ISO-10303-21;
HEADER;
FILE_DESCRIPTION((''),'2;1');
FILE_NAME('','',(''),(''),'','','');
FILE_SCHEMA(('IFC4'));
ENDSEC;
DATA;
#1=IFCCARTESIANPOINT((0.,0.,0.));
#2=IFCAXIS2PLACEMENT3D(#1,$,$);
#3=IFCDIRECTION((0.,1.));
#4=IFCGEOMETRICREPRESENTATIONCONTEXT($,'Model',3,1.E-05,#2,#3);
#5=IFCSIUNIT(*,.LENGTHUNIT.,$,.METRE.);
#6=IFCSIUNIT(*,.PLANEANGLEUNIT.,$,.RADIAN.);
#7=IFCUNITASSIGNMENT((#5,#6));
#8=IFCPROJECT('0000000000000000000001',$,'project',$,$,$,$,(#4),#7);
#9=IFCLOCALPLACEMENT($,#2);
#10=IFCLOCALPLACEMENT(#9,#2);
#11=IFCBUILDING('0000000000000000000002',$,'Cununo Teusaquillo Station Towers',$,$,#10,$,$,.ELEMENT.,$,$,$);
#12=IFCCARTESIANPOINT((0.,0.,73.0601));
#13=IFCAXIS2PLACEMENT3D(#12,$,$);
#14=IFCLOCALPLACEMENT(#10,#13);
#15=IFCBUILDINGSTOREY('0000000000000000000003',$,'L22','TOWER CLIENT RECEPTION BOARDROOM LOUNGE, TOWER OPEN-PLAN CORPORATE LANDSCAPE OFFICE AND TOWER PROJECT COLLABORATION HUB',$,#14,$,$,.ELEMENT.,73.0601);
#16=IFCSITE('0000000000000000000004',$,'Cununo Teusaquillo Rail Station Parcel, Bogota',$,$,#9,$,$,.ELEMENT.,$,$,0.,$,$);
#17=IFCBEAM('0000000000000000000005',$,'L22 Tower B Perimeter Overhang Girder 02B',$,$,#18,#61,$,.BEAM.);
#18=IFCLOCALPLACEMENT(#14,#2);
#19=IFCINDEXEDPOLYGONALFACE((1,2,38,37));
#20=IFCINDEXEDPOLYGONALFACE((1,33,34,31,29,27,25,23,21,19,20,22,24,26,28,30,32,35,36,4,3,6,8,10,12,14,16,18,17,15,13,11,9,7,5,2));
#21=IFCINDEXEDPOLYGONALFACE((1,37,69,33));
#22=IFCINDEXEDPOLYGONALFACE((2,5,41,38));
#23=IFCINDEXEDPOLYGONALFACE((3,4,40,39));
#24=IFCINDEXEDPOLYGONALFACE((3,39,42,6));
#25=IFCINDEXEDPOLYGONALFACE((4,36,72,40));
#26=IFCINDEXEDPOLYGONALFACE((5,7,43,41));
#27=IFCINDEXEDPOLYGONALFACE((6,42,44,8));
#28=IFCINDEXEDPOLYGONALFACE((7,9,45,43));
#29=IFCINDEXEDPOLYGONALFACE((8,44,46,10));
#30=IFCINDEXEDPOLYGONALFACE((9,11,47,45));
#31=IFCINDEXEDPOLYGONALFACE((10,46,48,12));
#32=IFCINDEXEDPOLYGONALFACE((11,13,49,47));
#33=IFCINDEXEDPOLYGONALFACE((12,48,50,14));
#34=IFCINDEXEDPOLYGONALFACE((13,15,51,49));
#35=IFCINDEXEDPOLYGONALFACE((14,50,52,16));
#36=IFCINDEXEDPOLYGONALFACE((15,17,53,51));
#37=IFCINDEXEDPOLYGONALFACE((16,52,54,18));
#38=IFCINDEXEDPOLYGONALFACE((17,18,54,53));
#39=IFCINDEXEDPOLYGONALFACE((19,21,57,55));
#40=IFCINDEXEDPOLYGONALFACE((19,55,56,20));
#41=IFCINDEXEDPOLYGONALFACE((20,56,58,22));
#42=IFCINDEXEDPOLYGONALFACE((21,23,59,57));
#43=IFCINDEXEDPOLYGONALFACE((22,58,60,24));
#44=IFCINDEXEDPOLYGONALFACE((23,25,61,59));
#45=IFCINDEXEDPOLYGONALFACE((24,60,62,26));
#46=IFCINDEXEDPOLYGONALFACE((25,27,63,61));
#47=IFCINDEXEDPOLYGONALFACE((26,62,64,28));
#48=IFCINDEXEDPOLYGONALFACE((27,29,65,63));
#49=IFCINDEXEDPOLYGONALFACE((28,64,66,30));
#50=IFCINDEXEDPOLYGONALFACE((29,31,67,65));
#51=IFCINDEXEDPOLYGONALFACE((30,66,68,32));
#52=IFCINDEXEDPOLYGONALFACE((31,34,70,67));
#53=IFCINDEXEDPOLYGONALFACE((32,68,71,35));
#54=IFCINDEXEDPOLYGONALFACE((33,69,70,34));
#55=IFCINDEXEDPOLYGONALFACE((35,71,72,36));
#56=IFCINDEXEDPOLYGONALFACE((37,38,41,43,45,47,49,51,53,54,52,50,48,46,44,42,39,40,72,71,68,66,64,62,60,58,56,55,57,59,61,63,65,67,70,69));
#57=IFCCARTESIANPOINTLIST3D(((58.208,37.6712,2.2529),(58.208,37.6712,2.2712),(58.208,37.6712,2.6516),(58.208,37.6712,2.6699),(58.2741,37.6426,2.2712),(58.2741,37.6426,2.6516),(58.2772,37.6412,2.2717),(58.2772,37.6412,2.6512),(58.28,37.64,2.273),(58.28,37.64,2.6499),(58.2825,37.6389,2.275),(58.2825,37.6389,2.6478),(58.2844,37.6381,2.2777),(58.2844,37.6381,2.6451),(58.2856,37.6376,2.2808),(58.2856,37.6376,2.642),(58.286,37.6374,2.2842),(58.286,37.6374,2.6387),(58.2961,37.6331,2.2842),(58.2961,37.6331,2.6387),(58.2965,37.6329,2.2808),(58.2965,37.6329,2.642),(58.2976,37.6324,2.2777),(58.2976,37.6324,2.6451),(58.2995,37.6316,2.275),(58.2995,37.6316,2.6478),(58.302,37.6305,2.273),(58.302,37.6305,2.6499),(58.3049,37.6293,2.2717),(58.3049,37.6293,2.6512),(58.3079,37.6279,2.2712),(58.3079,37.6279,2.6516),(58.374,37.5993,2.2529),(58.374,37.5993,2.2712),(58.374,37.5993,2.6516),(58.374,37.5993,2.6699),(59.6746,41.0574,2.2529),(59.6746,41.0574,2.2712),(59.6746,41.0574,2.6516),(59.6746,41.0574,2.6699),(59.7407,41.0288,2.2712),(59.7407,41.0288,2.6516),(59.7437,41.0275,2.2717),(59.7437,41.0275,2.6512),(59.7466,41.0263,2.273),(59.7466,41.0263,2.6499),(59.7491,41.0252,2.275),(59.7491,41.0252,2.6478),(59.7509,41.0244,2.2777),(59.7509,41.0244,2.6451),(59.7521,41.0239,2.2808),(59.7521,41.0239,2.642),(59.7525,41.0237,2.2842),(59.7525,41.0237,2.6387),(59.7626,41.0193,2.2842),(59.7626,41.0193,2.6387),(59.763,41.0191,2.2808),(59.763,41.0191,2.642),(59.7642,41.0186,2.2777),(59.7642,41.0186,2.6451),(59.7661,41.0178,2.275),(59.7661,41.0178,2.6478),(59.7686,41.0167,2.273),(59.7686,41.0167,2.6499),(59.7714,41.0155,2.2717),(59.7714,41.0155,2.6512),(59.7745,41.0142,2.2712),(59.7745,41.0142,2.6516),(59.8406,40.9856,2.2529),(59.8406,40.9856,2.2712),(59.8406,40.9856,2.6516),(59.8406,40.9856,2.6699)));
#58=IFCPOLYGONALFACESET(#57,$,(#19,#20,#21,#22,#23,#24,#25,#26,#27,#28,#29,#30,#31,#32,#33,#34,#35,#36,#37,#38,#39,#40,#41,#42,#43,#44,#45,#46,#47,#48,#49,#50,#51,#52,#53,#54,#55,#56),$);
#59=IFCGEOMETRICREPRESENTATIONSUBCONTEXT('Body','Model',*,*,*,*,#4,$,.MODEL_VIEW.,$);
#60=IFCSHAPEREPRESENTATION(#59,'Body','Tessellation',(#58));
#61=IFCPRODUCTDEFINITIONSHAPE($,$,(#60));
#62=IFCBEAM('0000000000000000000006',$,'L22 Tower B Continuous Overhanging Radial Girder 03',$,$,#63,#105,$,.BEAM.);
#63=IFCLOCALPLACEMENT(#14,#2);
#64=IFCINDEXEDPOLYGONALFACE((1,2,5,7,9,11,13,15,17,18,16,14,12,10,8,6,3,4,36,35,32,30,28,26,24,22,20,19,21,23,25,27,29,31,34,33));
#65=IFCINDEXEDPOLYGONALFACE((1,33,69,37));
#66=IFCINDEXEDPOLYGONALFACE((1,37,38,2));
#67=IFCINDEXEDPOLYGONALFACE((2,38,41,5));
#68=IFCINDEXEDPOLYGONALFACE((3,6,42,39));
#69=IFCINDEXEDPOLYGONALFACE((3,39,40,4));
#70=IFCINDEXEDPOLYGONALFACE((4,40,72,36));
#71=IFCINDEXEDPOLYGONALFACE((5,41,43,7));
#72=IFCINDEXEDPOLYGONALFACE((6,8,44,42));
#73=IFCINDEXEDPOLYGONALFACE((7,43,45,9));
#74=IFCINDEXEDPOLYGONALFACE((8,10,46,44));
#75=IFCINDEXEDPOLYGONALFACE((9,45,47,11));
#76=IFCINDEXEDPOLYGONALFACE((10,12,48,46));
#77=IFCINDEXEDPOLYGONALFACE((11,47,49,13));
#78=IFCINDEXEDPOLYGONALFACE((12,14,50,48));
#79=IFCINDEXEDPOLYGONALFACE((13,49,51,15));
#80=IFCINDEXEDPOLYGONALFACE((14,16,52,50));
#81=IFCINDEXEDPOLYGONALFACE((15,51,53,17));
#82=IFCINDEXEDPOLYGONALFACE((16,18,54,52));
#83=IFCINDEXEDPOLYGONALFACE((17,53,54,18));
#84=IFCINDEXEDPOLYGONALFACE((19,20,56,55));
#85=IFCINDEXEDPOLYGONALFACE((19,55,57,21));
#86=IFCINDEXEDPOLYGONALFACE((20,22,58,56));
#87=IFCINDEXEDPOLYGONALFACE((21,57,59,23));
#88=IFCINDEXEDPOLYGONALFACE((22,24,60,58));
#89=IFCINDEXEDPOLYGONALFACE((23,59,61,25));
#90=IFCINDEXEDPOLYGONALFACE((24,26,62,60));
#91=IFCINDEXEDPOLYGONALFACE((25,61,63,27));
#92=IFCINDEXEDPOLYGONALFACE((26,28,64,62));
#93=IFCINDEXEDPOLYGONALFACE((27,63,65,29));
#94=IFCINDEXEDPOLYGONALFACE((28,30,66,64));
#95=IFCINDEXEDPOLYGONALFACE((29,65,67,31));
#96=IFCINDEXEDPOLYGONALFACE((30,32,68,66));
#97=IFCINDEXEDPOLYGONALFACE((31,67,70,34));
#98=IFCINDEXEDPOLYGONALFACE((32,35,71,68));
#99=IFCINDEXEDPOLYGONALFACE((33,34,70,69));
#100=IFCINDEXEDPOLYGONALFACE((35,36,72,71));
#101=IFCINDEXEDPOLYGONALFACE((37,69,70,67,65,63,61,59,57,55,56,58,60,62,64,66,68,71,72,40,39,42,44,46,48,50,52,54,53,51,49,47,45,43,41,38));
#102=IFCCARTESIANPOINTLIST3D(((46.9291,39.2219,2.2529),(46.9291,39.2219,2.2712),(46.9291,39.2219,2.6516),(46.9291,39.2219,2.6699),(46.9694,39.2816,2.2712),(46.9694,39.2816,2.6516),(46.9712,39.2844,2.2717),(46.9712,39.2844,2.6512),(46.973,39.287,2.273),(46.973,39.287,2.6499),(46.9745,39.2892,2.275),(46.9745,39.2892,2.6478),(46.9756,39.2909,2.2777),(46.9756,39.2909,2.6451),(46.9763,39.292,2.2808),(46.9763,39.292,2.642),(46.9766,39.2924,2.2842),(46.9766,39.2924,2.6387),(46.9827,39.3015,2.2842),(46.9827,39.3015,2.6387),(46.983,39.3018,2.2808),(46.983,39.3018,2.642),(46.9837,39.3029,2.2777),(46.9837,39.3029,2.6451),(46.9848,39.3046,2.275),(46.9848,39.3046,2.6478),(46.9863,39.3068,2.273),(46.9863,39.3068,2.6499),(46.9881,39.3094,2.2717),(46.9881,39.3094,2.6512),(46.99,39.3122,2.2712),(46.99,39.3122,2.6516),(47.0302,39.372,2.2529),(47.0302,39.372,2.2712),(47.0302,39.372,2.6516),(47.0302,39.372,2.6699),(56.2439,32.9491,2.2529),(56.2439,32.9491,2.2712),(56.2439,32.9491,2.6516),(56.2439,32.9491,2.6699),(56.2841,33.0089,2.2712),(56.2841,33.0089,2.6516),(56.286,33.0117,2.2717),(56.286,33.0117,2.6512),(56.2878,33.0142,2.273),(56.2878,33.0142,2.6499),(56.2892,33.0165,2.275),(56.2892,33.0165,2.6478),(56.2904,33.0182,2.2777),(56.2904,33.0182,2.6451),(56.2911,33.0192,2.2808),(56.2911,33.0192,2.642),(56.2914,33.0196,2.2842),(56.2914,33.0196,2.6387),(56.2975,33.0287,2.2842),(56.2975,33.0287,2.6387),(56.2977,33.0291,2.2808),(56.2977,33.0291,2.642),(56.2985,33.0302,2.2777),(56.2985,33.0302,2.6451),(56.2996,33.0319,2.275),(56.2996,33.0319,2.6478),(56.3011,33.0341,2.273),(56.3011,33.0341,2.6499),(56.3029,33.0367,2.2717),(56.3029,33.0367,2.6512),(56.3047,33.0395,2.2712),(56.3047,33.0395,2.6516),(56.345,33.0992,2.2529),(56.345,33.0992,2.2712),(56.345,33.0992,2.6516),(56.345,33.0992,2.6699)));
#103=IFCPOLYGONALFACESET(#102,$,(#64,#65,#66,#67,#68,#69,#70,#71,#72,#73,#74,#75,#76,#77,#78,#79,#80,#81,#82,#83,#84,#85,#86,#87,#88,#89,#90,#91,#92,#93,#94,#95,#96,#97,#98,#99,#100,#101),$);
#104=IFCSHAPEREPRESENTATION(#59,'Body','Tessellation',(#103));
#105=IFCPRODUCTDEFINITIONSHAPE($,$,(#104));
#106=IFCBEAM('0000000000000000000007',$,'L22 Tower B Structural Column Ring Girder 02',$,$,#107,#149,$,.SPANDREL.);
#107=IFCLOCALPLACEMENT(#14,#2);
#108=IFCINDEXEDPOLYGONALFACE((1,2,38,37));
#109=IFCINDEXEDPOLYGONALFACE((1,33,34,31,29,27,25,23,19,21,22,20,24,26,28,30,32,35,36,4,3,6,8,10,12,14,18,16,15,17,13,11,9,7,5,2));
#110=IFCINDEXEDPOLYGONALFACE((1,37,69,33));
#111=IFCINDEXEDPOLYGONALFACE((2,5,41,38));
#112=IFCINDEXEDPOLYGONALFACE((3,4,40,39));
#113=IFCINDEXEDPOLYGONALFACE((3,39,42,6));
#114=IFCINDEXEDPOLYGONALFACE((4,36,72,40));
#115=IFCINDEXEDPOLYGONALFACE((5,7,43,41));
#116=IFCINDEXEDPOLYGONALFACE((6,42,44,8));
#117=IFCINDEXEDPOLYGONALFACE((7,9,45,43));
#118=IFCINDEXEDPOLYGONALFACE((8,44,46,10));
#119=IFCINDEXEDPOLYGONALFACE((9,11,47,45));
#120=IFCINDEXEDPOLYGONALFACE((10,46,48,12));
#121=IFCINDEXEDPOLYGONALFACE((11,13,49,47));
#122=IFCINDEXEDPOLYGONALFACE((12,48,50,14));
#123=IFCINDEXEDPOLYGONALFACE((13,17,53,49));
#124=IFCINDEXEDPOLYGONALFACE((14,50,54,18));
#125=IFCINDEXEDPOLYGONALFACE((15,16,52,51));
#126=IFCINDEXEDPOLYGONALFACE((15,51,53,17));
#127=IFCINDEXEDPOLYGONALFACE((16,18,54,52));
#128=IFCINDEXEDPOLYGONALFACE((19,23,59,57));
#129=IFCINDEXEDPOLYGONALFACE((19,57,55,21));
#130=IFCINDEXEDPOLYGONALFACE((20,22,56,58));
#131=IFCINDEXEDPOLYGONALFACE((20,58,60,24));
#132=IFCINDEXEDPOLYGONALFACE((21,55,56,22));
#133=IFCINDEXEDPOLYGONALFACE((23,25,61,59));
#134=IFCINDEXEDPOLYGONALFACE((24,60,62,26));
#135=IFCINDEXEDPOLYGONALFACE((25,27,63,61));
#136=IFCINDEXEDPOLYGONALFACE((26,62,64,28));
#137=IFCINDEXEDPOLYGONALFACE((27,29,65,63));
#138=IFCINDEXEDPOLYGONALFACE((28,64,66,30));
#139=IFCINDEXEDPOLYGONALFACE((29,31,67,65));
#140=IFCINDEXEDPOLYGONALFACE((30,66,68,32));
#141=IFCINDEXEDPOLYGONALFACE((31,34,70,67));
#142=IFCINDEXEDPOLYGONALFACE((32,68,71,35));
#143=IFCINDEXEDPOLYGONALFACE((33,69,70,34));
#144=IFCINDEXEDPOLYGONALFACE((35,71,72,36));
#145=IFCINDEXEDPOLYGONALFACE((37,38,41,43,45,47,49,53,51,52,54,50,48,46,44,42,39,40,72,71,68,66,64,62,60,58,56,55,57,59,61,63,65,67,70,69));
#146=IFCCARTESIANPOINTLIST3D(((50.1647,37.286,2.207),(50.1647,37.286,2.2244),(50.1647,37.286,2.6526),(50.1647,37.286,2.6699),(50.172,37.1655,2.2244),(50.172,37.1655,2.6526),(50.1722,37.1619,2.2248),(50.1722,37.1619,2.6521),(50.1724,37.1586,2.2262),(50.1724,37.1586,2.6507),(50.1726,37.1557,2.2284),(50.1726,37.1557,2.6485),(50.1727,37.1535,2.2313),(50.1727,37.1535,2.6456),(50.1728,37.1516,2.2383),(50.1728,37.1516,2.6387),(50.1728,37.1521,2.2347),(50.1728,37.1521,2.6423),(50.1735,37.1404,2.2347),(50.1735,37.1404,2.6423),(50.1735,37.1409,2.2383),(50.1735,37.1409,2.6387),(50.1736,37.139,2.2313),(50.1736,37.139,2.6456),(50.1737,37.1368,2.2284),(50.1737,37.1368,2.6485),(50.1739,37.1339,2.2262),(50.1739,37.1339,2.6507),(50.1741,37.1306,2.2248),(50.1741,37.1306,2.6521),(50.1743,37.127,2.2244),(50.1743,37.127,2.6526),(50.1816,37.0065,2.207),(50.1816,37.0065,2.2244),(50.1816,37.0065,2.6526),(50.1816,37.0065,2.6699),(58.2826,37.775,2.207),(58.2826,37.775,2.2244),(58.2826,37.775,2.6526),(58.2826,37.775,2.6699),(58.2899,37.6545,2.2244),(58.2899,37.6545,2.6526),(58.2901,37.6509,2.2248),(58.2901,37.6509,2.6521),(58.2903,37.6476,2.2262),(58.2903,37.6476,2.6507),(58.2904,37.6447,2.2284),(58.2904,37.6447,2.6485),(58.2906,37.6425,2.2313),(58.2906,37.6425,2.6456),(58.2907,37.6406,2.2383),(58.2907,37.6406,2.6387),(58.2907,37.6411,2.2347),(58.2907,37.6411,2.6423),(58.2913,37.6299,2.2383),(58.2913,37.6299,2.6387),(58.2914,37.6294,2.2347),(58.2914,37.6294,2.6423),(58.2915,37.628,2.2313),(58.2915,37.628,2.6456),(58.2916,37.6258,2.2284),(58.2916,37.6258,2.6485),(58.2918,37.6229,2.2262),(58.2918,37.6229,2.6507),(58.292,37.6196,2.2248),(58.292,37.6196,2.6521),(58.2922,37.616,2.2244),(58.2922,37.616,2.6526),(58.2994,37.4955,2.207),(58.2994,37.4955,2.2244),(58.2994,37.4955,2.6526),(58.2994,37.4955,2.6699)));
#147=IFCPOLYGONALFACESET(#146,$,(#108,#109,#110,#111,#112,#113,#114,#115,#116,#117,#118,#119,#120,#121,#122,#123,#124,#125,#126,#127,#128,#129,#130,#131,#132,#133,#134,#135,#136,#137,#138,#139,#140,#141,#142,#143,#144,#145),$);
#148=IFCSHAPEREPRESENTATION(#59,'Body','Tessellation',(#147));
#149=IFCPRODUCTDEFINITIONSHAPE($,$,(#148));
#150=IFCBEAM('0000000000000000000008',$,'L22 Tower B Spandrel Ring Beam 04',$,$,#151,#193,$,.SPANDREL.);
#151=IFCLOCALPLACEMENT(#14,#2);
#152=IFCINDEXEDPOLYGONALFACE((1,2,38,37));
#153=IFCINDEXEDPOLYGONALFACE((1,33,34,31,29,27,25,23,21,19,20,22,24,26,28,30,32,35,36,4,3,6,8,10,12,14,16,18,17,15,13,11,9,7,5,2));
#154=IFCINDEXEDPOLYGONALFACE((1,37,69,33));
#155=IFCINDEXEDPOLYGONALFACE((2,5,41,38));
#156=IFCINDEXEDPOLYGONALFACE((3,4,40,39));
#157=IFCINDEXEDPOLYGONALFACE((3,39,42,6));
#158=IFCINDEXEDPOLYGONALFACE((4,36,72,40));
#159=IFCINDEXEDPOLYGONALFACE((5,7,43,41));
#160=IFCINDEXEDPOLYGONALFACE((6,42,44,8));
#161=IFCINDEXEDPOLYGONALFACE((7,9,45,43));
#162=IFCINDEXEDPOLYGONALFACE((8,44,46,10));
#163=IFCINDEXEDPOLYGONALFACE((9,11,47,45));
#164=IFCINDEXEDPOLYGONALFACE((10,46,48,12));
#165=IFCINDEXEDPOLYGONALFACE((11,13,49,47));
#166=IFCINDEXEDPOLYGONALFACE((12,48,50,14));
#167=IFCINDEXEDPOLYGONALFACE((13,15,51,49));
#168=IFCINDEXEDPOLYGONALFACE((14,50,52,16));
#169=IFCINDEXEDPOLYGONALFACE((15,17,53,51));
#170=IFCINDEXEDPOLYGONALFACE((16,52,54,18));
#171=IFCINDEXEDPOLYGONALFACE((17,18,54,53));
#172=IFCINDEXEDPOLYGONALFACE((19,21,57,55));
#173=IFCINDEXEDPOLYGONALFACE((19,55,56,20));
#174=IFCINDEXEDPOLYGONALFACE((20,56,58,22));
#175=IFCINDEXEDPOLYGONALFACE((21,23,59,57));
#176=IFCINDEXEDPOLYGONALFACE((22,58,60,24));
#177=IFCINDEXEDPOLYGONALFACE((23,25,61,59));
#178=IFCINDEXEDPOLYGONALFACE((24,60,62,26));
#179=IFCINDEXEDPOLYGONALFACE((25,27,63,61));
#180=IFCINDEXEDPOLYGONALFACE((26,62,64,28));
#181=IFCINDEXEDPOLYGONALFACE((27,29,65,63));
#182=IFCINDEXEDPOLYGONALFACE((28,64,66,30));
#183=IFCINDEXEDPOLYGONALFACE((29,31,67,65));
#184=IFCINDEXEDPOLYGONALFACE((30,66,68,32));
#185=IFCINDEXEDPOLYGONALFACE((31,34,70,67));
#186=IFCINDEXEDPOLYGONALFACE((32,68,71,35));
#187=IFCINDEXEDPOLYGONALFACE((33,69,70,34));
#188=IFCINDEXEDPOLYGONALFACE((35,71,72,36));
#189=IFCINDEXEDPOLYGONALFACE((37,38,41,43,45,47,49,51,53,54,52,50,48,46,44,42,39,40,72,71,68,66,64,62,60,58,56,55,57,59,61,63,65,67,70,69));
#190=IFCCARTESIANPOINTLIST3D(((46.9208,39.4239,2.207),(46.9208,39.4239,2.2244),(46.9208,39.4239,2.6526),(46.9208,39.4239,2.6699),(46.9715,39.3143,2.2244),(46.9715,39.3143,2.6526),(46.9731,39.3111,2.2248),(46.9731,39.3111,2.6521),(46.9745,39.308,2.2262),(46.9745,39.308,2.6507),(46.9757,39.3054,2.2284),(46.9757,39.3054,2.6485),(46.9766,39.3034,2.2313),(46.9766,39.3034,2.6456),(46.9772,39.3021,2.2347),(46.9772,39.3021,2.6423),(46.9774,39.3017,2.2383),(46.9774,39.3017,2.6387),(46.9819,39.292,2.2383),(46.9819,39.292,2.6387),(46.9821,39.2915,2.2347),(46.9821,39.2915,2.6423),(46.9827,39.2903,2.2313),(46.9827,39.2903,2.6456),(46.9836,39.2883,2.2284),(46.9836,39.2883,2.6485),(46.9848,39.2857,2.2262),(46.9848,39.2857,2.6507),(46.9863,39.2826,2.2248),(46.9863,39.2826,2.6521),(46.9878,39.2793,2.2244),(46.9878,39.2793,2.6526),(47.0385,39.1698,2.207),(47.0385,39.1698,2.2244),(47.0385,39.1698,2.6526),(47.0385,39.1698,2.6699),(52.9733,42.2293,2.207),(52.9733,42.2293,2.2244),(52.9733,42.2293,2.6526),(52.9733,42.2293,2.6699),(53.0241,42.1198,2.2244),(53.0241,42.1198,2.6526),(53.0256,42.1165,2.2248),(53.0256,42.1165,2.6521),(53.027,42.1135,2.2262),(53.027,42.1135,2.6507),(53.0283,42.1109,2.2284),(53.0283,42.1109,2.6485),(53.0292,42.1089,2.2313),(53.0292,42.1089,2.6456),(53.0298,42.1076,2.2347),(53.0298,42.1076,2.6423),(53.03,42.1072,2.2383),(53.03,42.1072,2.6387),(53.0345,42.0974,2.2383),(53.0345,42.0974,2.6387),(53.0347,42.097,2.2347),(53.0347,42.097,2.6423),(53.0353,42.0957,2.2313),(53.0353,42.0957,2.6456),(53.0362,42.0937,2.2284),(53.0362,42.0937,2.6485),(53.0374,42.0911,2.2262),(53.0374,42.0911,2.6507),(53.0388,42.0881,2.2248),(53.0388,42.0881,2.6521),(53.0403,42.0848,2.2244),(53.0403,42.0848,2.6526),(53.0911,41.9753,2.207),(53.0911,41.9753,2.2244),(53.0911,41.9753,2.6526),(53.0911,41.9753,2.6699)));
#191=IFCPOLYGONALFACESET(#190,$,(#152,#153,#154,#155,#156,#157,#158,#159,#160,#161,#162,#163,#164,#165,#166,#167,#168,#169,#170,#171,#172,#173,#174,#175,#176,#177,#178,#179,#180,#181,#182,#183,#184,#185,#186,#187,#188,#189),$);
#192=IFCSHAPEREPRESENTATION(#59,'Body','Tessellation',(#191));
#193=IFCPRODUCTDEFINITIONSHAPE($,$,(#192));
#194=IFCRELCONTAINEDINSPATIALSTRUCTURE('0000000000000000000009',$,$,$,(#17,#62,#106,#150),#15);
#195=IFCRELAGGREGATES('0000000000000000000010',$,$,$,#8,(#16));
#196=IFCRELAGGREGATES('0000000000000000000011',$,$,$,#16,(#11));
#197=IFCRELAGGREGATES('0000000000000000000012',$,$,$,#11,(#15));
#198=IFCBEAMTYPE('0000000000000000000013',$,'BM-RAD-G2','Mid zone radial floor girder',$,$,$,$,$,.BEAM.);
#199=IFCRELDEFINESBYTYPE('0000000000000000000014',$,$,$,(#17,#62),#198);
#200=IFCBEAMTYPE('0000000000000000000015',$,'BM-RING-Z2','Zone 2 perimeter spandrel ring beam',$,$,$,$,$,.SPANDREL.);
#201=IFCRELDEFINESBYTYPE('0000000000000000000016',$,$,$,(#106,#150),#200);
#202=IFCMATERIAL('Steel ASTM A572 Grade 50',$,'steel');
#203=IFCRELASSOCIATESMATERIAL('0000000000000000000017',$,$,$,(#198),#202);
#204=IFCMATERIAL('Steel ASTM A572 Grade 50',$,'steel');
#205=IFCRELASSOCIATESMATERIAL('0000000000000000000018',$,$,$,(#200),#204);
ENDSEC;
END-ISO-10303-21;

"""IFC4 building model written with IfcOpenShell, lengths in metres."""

from ifc_helpers import new_model, si_unit, direction, frame, origin, origin_2d, place, context, subcontext, project, spatial, i_section, extrude, material, material_profile, profile_set, type_object, element, save


model = new_model("IFC4")

# Units and contexts
model_context = context("Model", 3, precision=1e-05, world=origin(), true_north=direction((0.0, 1.0)))
body_context = subcontext(model_context, "Body", "Model", "MODEL_VIEW")
ifc_project = project(units=[si_unit("LENGTHUNIT", "METRE"), si_unit("PLANEANGLEUNIT", "RADIAN")], contexts=[model_context])

# Site, building, storey
site_placement = place(None, origin())
site = spatial("IfcSite", under=ifc_project, at=site_placement, Name="Cununo Teusaquillo Rail Station Parcel, Bogota", CompositionType="ELEMENT", RefElevation=0.0)
building_placement = place(site_placement, origin())
building = spatial("IfcBuilding", under=site, at=building_placement, Name="Cununo Teusaquillo Station Towers", CompositionType="ELEMENT")
storey_placement = place(building_placement, frame((0.0, 0.0, 73.0601)))
storey = spatial("IfcBuildingStorey", under=building, at=storey_placement, Name="L22", Description="TOWER CLIENT RECEPTION BOARDROOM LOUNGE, TOWER OPEN-PLAN CORPORATE LANDSCAPE OFFICE AND TOWER PROJECT COLLABORATION HUB", CompositionType="ELEMENT", Elevation=73.0601)

# Beams
ifc_material_1 = material(Name="Steel ASTM A572 Grade 50", Category="steel")
ifc_material_profile_1 = material_profile(ifc_material_1, i_section(OverallWidth=0.1809, OverallDepth=0.417, WebThickness=0.011, FlangeThickness=0.0183, FilletRadius=0.0129, at=origin_2d()), Name="W16X57")
ifc_profile_set_1 = profile_set([ifc_material_profile_1], Name="Steel ASTM A572 Grade 50")
beam_type_1 = type_object("IfcBeamType", Name="BM-RAD-G2", Description="Mid zone radial floor girder", PredefinedType="BEAM", material=ifc_profile_set_1)
beam_1_placement = place(storey_placement, frame((58.291, 37.6353, 2.4614), z_axis=(0.397422, 0.917636, 0.0), x_axis=(-0.917636, 0.397422, 0.0)))
element("IfcBeam", 1, at=beam_1_placement, inside=storey, type_object=beam_type_1, Name="L22 Tower B Perimeter Overhang Girder 02B", PredefinedType="BEAM", context=body_context, shape_type="SweptSolid", body=[
    extrude(i_section(OverallWidth=0.1809, OverallDepth=0.417, WebThickness=0.011, FlangeThickness=0.0183, FilletRadius=0.0129, at=origin_2d()), origin(), (0.0, 0.0, 1.0), 3.6902),
])
beam_2_placement = place(storey_placement, frame((56.2944, 33.0242, 2.4614), z_axis=(-0.829456, 0.558572, 0.0), x_axis=(-0.558572, -0.829456, 0.0)))
element("IfcBeam", 2, at=beam_2_placement, inside=storey, type_object=beam_type_1, Name="L22 Tower B Continuous Overhanging Radial Girder 03", PredefinedType="BEAM", context=body_context, shape_type="SweptSolid", body=[
    extrude(i_section(OverallWidth=0.1809, OverallDepth=0.417, WebThickness=0.011, FlangeThickness=0.0183, FilletRadius=0.0129, at=origin_2d()), origin(), (0.0, 0.0, 1.0), 11.23),
])
ifc_material_2 = material(Name="Steel ASTM A572 Grade 50", Category="steel")
ifc_material_profile_2 = material_profile(ifc_material_2, i_section(OverallWidth=0.28, OverallDepth=0.4629, WebThickness=0.0107, FlangeThickness=0.0173, FilletRadius=0.0139, at=origin_2d()), Name="W18X76")
ifc_profile_set_2 = profile_set([ifc_material_profile_2], Name="Steel ASTM A572 Grade 50")
beam_type_2 = type_object("IfcBeamType", Name="BM-RING-Z2", Description="Zone 2 perimeter spandrel ring beam", PredefinedType="SPANDREL", material=ifc_profile_set_2)
beam_3_placement = place(storey_placement, frame((58.291, 37.6353, 2.4385), z_axis=(-0.998191, -0.06013, 0.0), x_axis=(0.06013, -0.998191, 0.0)))
element("IfcBeam", 3, at=beam_3_placement, inside=storey, type_object=beam_type_2, Name="L22 Tower B Structural Column Ring Girder 02", PredefinedType="SPANDREL", context=body_context, shape_type="SweptSolid", body=[
    extrude(i_section(OverallWidth=0.28, OverallDepth=0.4629, WebThickness=0.0107, FlangeThickness=0.0173, FilletRadius=0.0139, at=origin_2d()), origin(), (0.0, 0.0, 1.0), 8.1326),
])
beam_4_placement = place(storey_placement, frame((53.0322, 42.1023, 2.4385), z_axis=(-0.907276, -0.420536, 0.0), x_axis=(0.420536, -0.907276, 0.0)))
element("IfcBeam", 4, at=beam_4_placement, inside=storey, type_object=beam_type_2, Name="L22 Tower B Spandrel Ring Beam 04", PredefinedType="SPANDREL", context=body_context, shape_type="SweptSolid", body=[
    extrude(i_section(OverallWidth=0.28, OverallDepth=0.4629, WebThickness=0.0107, FlangeThickness=0.0173, FilletRadius=0.0139, at=origin_2d()), origin(), (0.0, 0.0, 1.0), 6.6711),
])

save(model, "model.ifc")
